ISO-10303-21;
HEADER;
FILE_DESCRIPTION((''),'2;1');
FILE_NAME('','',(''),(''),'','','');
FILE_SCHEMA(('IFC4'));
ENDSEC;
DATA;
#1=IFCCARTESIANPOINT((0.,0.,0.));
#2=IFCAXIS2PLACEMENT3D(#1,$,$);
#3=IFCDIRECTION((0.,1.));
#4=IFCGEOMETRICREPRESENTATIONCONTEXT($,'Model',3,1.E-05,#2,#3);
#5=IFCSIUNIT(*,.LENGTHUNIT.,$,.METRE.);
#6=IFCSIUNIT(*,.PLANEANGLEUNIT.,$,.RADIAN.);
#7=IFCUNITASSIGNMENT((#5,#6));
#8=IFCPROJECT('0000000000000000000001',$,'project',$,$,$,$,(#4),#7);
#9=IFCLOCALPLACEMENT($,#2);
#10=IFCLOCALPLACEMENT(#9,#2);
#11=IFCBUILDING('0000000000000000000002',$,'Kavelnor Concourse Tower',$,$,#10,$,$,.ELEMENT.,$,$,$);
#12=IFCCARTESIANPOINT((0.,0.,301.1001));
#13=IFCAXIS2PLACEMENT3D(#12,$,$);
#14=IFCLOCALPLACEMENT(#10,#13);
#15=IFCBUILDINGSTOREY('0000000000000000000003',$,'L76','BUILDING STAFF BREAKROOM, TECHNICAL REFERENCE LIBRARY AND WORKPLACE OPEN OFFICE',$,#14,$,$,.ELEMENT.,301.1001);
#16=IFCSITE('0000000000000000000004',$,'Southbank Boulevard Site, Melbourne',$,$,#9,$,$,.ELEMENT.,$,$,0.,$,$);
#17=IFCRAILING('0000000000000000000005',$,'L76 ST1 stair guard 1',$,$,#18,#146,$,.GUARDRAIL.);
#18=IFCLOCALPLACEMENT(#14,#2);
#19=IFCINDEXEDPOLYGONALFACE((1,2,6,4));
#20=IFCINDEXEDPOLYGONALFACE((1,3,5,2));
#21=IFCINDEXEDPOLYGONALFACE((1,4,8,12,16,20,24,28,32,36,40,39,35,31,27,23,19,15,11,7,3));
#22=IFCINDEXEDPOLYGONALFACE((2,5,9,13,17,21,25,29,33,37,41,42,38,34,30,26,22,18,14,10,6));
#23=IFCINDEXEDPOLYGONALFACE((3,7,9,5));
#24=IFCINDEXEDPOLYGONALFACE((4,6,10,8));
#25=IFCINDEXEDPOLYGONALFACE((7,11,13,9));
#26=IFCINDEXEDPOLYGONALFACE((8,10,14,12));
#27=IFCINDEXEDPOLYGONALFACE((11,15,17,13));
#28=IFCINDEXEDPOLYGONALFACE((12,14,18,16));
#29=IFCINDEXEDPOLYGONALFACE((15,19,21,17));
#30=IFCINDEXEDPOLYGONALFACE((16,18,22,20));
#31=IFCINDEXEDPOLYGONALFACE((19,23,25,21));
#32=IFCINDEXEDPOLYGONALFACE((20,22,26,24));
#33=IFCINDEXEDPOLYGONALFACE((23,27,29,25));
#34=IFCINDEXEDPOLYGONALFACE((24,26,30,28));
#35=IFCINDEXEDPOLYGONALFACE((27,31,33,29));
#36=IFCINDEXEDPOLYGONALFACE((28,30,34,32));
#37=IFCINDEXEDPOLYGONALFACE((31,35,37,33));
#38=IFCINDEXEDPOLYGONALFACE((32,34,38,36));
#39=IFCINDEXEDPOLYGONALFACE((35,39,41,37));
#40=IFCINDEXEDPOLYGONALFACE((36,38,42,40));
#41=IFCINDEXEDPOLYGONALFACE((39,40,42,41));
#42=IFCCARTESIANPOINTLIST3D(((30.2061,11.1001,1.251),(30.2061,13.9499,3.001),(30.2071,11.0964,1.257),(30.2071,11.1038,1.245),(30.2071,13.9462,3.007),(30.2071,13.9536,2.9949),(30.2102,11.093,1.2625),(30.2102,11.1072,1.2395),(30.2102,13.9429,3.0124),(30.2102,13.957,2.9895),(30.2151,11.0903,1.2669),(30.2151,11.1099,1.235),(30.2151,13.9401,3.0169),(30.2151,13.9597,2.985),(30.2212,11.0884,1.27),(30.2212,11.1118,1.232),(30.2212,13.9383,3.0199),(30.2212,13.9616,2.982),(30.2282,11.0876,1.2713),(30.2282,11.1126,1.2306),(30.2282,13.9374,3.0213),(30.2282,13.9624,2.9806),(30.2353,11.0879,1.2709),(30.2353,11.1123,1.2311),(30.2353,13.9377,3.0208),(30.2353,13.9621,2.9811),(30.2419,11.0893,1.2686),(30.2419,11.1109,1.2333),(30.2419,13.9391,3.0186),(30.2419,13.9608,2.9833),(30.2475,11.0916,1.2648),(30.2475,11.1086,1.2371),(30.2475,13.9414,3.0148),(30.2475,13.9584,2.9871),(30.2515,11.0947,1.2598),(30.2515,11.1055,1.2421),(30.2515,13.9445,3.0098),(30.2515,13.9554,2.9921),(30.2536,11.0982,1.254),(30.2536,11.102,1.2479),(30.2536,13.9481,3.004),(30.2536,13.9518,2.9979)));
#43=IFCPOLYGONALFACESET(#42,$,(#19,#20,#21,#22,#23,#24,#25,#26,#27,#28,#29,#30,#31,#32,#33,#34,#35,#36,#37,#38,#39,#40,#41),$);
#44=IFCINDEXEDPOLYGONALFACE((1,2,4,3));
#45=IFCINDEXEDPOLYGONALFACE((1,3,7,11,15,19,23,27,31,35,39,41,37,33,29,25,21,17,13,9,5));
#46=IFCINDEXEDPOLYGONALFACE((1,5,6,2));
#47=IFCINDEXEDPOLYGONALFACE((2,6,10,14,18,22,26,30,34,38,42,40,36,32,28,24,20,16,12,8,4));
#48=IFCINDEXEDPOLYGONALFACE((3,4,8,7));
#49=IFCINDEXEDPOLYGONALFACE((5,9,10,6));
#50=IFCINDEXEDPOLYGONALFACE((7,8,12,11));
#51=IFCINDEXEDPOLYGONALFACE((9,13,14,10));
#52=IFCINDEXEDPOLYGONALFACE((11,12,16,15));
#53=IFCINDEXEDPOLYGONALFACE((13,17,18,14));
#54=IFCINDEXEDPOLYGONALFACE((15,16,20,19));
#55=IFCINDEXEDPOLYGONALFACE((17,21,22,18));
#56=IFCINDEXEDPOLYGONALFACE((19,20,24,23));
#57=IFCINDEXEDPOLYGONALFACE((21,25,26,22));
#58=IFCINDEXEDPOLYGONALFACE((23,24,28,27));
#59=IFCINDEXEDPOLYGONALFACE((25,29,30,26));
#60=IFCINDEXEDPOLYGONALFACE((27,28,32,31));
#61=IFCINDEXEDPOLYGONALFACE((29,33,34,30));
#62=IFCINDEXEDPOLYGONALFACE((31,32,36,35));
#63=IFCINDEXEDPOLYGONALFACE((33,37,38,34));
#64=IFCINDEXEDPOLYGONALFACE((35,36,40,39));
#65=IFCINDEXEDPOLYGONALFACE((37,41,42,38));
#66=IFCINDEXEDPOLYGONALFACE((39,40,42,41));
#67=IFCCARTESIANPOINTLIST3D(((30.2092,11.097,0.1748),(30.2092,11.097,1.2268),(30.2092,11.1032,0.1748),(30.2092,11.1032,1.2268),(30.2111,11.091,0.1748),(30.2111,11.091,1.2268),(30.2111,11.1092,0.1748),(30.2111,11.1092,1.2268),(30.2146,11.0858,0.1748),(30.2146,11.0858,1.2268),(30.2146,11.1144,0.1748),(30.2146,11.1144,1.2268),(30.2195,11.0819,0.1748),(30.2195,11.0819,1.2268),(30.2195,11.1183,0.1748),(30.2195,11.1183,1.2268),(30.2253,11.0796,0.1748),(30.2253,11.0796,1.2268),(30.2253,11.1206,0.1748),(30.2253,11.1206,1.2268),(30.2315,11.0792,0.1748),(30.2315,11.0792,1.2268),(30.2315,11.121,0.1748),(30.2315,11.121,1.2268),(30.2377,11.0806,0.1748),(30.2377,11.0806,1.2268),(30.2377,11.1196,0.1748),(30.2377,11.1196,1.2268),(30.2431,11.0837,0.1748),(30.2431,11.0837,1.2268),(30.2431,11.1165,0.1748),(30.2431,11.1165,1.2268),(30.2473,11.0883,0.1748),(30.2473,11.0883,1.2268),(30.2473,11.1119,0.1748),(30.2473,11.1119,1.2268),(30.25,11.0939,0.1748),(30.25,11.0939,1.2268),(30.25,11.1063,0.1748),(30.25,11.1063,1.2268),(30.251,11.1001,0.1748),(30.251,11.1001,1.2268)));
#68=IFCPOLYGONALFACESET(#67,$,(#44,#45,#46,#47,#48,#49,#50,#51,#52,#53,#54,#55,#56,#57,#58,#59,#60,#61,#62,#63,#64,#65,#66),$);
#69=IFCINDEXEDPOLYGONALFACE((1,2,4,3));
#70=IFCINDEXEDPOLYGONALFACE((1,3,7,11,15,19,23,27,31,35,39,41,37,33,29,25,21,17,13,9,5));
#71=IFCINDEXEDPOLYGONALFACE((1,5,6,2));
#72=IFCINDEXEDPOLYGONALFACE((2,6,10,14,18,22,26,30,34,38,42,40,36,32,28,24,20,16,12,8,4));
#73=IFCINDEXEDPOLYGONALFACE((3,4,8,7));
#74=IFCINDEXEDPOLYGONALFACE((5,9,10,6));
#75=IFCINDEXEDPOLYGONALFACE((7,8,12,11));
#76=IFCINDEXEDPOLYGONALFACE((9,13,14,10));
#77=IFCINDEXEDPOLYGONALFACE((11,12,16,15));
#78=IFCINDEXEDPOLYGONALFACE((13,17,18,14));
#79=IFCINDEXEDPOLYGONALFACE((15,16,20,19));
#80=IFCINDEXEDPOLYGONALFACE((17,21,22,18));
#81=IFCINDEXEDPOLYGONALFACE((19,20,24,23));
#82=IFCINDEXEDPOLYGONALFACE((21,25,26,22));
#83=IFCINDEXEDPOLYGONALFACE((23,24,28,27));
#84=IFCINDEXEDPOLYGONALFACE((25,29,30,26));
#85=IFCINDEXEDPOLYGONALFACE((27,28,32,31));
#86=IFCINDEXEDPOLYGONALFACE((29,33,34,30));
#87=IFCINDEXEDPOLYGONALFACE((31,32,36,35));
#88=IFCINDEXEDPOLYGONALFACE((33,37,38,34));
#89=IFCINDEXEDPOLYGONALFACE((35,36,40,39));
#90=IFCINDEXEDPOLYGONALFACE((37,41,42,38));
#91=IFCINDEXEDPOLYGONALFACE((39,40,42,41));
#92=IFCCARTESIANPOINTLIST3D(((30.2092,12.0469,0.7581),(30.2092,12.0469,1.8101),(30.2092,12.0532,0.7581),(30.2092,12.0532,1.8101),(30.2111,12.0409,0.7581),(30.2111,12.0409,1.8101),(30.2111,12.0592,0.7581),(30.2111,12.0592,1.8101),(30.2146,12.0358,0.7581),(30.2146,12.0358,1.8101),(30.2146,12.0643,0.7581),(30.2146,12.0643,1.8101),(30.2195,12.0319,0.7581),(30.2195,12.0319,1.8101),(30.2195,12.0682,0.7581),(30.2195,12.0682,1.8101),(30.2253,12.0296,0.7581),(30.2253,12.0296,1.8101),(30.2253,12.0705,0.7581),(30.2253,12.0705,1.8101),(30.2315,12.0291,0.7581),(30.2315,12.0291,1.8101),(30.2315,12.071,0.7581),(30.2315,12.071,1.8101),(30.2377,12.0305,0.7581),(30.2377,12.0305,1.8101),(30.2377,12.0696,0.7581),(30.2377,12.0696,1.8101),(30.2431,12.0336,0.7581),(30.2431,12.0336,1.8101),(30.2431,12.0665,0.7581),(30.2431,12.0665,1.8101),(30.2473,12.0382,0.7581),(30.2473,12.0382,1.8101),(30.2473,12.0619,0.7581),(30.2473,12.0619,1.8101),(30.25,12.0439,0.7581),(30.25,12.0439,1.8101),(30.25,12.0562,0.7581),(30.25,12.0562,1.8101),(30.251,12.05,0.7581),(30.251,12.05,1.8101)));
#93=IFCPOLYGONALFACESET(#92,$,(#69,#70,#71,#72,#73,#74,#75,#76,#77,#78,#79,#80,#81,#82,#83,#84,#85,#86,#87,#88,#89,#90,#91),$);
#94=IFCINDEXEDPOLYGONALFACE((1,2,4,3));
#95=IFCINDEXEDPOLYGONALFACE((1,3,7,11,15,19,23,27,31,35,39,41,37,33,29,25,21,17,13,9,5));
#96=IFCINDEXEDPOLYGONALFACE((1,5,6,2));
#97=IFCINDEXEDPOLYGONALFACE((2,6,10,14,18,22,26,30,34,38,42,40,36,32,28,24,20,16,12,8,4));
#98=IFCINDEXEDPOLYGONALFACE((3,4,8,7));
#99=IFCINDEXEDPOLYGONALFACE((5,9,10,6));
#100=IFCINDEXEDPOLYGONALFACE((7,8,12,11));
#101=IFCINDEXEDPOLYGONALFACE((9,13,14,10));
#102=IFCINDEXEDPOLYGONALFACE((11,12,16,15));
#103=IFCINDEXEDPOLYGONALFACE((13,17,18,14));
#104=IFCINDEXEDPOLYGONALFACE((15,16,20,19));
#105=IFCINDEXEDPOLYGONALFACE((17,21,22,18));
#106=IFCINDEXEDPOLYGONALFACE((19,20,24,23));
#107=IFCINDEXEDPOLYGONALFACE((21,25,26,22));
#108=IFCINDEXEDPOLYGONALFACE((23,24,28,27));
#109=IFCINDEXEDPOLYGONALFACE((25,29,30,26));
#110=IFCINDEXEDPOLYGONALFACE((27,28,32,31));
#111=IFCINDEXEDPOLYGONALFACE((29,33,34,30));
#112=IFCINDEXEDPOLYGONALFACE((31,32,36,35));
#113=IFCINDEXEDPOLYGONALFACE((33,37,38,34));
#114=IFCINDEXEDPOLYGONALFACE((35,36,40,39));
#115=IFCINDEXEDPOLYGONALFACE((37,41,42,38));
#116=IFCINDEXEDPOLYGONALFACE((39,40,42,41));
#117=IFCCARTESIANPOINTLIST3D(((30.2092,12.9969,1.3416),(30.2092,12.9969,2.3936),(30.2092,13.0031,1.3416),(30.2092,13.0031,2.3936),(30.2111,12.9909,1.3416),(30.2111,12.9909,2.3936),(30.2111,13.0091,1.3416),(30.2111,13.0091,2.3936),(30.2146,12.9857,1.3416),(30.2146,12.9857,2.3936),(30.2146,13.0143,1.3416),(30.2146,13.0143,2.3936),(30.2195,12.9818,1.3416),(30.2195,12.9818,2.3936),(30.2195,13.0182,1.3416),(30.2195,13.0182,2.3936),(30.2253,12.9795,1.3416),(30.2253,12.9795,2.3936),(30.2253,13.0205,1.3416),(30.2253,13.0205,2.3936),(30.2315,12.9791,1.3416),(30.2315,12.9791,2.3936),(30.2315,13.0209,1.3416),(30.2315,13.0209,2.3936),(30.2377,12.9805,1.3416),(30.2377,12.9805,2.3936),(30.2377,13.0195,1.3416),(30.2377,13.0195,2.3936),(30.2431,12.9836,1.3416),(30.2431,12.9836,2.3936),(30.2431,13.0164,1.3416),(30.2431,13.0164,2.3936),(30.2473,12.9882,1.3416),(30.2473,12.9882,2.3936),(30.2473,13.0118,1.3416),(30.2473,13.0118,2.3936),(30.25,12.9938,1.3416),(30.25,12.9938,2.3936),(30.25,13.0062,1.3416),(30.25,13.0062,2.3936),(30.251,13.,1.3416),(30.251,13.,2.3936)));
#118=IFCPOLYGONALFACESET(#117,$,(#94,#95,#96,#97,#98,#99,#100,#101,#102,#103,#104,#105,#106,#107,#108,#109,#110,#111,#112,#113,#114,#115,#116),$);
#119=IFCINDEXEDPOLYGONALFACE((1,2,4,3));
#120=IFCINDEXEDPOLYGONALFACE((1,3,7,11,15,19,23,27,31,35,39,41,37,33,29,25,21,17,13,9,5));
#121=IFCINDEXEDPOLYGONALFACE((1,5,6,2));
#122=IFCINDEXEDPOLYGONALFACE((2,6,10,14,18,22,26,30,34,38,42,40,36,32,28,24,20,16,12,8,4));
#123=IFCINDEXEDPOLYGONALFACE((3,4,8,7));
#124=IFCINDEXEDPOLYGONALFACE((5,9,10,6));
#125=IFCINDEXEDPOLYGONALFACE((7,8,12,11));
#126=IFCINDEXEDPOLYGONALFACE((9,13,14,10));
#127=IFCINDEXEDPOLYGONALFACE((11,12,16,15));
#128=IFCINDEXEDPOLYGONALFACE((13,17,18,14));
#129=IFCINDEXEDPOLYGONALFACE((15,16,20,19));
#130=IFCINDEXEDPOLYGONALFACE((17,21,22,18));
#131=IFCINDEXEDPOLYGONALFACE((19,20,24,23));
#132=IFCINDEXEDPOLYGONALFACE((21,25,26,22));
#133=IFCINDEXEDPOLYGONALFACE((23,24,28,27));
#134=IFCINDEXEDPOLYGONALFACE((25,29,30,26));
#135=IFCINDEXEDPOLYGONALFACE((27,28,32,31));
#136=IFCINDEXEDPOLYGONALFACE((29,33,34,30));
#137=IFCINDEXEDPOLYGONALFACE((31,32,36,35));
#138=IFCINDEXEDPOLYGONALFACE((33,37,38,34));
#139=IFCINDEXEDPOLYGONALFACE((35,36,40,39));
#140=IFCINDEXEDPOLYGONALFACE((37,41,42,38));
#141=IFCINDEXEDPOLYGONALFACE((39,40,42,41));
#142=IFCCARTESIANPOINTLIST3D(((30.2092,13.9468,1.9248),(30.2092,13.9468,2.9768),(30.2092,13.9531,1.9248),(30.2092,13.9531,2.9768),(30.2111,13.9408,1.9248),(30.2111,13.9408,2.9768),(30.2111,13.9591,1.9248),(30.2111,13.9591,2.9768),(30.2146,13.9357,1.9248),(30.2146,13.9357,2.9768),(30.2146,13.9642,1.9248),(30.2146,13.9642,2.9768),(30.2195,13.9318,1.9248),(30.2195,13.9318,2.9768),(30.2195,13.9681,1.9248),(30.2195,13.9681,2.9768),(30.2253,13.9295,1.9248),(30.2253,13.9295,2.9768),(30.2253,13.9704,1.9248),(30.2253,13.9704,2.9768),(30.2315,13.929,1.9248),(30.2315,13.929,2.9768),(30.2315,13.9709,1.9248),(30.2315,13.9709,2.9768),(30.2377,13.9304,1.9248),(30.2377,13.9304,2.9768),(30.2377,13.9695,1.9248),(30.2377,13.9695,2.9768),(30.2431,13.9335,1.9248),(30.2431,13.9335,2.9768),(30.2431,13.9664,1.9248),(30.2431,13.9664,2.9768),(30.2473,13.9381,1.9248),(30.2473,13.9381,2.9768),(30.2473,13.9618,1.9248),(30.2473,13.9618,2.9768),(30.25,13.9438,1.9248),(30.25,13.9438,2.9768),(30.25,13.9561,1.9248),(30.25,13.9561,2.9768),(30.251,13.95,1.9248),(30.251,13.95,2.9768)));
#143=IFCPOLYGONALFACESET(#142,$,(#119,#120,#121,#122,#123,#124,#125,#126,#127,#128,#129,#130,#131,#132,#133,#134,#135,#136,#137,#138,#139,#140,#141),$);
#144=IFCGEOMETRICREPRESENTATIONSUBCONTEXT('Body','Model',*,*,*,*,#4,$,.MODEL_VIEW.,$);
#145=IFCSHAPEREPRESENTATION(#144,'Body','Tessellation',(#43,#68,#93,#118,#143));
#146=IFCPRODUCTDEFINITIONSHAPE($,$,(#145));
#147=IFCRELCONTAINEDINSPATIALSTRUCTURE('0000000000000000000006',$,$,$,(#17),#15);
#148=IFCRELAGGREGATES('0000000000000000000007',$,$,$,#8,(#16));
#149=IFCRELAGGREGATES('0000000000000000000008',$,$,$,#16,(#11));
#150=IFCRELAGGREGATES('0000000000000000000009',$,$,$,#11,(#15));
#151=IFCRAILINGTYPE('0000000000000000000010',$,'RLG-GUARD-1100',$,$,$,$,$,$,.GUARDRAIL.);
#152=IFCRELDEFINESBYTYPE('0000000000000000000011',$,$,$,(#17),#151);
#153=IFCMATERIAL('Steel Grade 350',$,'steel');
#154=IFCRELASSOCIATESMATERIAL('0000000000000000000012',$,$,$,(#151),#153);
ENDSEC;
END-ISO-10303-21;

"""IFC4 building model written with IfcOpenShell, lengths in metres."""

from ifc_helpers import new_model, si_unit, direction, frame, origin, origin_2d, place, context, subcontext, project, spatial, circle, extrude, material, type_object, element, save


model = new_model("IFC4")

# Units and contexts
model_context = context("Model", 3, precision=1e-05, world=origin(), true_north=direction((0.0, 1.0)))
body_context = subcontext(model_context, "Body", "Model", "MODEL_VIEW")
ifc_project = project(units=[si_unit("LENGTHUNIT", "METRE"), si_unit("PLANEANGLEUNIT", "RADIAN")], contexts=[model_context])

# Site, building, storey
site_placement = place(None, origin())
site = spatial("IfcSite", under=ifc_project, at=site_placement, Name="Southbank Boulevard Site, Melbourne", CompositionType="ELEMENT", RefElevation=0.0)
building_placement = place(site_placement, origin())
building = spatial("IfcBuilding", under=site, at=building_placement, Name="Kavelnor Concourse Tower", CompositionType="ELEMENT")
storey_placement = place(building_placement, frame((0.0, 0.0, 301.1001)))
storey = spatial("IfcBuildingStorey", under=building, at=storey_placement, Name="L76", Description="BUILDING STAFF BREAKROOM, TECHNICAL REFERENCE LIBRARY AND WORKPLACE OPEN OFFICE", CompositionType="ELEMENT", Elevation=301.1001)

# Shared definitions
ifc_material_1 = material(Name="Steel Grade 350", Category="steel")

# Railing
railing_type_1 = type_object("IfcRailingType", Name="RLG-GUARD-1100", PredefinedType="GUARDRAIL", material=ifc_material_1)
railing_1_placement = place(storey_placement, frame((30.23, 11.1001, 0.1748)))
element("IfcRailing", 1, at=railing_1_placement, inside=storey, type_object=railing_type_1, Name="L76 ST1 stair guard 1", PredefinedType="GUARDRAIL", context=body_context, shape_type="SweptSolid", body=[
    extrude(circle(Radius=0.0239, at=origin_2d()), frame((0.0, 0.0, 1.0762), z_axis=(0.0, 0.852159, 0.523283), x_axis=(-1.0, 0.0, 0.0)), (0.0, 0.0, 1.0), 3.3442),
    extrude(circle(Radius=0.021, at=origin_2d()), origin(), (0.0, 0.0, 1.0), 1.052),
    extrude(circle(Radius=0.021, at=origin_2d()), frame((0.0, 0.95, 0.5833)), (0.0, 0.0, 1.0), 1.052),
    extrude(circle(Radius=0.021, at=origin_2d()), frame((0.0, 1.8999, 1.1667)), (0.0, 0.0, 1.0), 1.052),
    extrude(circle(Radius=0.021, at=origin_2d()), frame((0.0, 2.8499, 1.75)), (0.0, 0.0, 1.0), 1.052),
])

save(model, "model.ifc")
